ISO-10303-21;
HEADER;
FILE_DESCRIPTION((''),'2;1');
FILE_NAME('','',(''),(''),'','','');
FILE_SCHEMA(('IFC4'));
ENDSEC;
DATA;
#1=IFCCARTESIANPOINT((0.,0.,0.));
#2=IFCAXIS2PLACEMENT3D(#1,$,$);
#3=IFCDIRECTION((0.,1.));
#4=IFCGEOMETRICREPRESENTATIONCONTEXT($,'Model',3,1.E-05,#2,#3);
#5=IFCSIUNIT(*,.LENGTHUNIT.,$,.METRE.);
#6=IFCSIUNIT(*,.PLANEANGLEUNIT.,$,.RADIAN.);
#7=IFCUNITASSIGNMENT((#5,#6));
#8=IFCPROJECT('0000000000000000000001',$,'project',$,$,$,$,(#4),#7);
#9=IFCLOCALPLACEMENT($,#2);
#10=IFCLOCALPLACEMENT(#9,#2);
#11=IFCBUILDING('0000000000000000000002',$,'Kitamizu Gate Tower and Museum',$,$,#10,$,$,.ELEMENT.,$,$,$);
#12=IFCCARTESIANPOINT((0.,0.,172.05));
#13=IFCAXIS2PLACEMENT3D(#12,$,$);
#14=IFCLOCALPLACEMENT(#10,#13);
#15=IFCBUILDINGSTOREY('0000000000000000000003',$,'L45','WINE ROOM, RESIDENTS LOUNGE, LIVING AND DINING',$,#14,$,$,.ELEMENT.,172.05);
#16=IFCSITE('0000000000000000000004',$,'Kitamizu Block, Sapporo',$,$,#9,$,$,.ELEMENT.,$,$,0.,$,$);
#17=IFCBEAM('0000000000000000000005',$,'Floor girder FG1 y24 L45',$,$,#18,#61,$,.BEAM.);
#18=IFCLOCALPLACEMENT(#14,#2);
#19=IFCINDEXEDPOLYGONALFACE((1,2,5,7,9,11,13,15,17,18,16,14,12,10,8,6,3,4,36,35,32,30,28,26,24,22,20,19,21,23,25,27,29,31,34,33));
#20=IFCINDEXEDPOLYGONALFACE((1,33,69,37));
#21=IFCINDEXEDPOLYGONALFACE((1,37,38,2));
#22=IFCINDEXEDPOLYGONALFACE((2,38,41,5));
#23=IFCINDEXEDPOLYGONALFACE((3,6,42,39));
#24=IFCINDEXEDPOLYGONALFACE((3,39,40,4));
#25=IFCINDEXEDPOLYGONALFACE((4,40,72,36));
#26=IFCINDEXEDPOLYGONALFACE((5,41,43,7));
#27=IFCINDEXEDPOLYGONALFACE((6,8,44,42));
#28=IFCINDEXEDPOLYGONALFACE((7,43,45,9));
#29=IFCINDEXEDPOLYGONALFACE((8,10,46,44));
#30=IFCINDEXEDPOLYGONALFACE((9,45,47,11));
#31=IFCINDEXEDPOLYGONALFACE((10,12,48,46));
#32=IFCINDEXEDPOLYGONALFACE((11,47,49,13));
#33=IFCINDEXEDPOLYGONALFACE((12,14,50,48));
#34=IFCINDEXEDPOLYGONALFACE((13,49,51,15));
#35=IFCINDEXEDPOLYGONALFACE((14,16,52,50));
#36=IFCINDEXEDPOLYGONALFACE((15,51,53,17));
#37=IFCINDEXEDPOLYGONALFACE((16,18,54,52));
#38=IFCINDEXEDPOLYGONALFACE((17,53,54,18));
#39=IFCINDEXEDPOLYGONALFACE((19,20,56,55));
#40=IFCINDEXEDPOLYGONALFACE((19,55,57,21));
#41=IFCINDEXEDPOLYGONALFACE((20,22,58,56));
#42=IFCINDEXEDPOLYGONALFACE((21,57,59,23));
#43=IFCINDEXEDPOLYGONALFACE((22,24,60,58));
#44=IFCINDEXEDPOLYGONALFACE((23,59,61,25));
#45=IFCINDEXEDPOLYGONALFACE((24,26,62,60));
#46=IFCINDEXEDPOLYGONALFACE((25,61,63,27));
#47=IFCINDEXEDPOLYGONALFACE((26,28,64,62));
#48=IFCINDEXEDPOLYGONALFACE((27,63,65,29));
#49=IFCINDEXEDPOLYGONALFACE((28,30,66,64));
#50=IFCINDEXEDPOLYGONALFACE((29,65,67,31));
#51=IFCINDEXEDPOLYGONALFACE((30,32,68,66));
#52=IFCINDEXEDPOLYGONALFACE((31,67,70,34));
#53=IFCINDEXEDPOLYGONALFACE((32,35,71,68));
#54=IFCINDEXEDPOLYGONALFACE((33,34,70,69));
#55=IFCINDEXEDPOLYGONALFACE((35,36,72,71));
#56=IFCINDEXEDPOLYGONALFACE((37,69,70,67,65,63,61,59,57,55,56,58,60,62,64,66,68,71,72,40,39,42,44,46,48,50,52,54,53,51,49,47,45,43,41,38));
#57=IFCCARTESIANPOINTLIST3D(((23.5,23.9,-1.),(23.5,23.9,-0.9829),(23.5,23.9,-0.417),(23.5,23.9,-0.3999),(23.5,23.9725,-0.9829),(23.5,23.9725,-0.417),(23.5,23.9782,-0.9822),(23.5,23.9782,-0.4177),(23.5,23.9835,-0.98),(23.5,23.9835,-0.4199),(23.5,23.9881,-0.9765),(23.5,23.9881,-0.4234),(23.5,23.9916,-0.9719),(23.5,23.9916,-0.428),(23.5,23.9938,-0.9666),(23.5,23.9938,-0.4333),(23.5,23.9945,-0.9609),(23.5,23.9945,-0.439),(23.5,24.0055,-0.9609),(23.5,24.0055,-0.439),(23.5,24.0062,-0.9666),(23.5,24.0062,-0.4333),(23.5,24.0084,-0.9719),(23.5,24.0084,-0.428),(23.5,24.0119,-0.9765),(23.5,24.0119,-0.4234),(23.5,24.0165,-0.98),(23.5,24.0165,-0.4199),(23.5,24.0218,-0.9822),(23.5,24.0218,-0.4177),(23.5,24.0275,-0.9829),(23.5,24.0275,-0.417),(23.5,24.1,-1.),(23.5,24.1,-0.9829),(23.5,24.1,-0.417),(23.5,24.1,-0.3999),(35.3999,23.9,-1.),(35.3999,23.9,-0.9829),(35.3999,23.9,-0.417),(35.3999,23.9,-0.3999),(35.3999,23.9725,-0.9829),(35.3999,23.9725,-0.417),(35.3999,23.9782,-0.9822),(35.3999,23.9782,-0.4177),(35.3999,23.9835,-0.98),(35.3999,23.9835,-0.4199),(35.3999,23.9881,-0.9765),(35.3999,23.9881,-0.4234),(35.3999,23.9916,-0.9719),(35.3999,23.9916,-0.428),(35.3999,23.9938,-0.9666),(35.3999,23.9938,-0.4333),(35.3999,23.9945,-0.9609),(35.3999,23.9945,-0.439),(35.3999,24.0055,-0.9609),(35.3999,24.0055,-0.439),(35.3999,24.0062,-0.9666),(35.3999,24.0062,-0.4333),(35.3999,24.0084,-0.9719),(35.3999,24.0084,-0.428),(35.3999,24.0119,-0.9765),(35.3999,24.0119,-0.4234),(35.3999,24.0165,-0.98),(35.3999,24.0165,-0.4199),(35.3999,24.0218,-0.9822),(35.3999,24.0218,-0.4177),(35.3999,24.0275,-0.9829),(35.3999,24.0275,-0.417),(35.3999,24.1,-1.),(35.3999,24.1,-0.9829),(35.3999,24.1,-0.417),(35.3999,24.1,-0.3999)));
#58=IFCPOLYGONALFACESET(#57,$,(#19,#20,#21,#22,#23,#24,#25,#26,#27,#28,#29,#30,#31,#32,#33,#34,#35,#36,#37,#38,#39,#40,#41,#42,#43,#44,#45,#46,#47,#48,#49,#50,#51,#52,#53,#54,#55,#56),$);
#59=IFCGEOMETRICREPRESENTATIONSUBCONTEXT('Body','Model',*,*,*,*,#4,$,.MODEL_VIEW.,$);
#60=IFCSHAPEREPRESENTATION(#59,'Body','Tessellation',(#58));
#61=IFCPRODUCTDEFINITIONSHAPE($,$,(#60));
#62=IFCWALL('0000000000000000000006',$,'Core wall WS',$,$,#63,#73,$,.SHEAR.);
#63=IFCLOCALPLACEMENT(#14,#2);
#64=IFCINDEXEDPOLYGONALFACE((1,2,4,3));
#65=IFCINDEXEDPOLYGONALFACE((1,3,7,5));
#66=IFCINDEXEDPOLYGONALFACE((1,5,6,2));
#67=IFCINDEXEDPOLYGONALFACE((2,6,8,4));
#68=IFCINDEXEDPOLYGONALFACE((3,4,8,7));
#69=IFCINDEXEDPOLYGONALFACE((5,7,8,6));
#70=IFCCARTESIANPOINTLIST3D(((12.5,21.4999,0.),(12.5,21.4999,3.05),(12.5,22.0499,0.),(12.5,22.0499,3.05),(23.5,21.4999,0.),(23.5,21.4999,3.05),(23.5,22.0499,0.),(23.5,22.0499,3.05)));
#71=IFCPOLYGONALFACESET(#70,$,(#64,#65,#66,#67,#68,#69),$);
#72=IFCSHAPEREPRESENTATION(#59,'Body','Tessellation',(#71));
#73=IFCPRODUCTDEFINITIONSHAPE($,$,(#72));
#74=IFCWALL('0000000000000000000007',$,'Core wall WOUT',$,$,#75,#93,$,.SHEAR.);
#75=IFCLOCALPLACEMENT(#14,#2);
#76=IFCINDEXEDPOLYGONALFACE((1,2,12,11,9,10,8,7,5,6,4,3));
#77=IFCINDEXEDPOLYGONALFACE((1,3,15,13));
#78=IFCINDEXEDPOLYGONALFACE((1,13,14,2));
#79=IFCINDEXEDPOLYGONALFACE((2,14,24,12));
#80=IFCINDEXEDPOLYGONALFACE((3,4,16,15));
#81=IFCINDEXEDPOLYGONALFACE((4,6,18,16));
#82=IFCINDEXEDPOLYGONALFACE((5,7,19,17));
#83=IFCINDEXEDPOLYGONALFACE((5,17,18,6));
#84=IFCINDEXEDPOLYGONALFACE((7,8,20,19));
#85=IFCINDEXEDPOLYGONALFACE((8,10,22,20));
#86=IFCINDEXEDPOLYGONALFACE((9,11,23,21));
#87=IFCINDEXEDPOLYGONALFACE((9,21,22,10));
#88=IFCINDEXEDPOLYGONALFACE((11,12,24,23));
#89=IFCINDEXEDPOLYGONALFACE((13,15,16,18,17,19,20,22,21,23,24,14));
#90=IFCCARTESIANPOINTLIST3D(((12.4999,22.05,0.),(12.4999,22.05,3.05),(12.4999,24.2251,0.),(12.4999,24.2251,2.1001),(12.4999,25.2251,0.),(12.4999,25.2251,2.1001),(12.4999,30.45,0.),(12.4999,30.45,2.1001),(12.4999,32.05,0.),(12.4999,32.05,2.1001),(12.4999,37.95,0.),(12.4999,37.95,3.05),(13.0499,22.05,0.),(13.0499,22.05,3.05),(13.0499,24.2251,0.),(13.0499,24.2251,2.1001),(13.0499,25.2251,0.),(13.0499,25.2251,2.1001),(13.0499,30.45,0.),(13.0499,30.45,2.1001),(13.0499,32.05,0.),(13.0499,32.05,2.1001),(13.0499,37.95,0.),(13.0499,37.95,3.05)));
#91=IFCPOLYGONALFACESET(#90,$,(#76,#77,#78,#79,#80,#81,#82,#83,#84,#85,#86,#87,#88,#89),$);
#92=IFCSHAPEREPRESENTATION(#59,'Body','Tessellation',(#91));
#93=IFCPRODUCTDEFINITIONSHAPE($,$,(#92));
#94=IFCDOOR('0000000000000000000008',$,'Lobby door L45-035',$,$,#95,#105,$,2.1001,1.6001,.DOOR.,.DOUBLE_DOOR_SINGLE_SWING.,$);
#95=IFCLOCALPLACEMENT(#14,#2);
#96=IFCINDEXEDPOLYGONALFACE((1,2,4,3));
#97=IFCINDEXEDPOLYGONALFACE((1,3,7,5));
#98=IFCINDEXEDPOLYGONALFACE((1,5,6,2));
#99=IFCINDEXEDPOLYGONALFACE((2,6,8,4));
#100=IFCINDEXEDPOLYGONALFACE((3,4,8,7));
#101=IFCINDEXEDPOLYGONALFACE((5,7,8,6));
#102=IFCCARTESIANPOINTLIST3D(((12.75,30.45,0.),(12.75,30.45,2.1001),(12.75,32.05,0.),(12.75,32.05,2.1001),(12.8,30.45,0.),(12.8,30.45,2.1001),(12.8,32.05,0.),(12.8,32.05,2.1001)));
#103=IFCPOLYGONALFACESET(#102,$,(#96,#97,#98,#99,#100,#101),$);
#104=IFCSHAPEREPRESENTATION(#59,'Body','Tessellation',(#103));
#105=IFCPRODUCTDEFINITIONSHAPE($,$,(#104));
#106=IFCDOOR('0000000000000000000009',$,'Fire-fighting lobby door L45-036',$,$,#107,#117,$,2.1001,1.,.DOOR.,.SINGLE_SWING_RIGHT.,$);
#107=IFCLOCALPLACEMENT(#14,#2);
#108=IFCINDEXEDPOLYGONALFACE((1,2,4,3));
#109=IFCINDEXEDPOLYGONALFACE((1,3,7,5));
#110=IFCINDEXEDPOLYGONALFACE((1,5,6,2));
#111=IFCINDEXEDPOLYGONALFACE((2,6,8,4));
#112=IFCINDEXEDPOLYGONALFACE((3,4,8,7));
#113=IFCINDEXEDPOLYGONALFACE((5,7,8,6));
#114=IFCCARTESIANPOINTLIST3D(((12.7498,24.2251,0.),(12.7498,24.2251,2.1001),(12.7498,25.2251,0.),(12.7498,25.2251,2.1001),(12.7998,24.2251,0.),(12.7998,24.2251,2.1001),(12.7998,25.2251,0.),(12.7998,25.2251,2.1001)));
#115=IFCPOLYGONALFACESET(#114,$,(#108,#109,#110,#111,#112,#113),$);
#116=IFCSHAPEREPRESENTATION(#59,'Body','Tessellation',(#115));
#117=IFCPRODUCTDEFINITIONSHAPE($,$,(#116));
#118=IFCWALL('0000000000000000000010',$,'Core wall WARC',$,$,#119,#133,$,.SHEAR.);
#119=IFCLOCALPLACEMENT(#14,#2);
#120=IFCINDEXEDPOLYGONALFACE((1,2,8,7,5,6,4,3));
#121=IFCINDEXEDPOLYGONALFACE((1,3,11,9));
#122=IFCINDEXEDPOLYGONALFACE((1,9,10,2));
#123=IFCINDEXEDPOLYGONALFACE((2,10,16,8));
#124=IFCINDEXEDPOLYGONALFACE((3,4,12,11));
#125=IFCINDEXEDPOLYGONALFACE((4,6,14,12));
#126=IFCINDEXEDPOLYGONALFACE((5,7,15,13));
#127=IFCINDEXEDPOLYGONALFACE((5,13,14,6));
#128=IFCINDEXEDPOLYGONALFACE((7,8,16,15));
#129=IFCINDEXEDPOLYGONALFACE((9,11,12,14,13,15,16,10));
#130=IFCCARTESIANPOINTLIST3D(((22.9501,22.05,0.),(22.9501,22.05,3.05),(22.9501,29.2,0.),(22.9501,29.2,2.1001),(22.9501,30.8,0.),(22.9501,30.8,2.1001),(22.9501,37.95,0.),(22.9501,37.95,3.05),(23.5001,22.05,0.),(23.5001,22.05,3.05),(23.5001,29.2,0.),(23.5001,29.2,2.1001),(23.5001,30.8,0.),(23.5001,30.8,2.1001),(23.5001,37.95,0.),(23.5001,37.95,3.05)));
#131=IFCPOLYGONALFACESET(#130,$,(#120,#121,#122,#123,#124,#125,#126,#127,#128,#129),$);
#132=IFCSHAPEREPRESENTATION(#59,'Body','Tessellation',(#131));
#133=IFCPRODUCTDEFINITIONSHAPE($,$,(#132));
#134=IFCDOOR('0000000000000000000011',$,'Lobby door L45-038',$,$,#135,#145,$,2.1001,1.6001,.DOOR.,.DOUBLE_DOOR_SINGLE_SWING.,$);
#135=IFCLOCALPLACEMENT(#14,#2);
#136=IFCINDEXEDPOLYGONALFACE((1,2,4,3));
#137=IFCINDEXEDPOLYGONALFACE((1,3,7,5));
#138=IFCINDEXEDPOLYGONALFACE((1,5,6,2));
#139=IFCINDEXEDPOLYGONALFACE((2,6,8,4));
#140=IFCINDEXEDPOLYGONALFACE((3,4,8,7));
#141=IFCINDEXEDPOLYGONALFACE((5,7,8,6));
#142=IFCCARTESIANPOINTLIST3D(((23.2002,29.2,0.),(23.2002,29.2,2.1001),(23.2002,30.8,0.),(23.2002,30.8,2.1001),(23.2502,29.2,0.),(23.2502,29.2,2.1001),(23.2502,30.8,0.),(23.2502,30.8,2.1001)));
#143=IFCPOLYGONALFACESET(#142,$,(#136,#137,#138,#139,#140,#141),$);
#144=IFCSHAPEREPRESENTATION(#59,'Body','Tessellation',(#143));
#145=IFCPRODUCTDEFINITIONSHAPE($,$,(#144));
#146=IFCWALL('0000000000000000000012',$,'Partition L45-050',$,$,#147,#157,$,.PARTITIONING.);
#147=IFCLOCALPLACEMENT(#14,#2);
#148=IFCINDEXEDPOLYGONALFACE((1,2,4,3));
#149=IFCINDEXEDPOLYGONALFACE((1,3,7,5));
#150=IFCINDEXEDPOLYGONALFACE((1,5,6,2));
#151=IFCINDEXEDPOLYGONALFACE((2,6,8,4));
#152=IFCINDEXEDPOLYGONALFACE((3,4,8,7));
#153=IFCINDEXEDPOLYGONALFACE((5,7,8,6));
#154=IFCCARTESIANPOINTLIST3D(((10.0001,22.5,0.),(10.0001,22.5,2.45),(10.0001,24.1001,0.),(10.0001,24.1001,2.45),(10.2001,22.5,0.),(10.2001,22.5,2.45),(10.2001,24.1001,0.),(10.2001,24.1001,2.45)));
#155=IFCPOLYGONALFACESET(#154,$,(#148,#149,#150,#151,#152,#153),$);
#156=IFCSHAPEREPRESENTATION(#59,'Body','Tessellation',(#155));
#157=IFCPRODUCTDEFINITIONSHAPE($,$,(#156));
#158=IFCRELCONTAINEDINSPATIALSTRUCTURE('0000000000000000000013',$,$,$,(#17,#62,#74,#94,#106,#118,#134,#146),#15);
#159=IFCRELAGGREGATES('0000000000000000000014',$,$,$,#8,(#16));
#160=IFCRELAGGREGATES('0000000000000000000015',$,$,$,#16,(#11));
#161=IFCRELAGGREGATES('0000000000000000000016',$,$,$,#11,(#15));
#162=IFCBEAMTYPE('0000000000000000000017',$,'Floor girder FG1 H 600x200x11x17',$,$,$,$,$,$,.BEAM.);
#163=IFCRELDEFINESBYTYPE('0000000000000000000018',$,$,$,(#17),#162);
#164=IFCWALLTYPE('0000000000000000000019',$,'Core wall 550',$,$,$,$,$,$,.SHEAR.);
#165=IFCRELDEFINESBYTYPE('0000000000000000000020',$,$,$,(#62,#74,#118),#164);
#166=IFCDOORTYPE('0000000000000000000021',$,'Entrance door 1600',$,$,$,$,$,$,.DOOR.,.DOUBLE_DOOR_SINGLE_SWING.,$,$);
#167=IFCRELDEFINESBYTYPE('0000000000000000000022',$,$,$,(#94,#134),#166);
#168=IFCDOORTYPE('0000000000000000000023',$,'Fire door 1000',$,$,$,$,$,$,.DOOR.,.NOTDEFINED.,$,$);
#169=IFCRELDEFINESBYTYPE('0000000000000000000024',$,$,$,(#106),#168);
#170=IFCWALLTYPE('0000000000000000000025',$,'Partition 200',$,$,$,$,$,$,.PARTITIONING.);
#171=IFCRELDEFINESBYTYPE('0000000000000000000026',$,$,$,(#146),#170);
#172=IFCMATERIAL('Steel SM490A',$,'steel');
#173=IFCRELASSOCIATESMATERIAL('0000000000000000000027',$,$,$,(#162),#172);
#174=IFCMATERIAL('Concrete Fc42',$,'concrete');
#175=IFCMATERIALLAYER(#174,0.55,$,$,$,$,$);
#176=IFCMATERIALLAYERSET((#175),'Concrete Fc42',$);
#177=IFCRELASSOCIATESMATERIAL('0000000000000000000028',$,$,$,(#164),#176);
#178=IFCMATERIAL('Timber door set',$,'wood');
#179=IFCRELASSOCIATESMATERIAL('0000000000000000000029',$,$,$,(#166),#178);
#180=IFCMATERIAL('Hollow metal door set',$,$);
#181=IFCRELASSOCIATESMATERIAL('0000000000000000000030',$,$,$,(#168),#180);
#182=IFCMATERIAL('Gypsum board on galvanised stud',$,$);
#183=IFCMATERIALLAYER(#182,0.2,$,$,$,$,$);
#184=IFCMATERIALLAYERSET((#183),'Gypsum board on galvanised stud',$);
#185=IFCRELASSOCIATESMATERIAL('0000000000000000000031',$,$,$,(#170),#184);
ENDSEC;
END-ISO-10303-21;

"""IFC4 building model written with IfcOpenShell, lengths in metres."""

from ifc_helpers import new_model, si_unit, direction, frame, frame_2d, origin, origin_2d, place, context, subcontext, project, spatial, rectangle, i_section, extrude, material, layer, layer_set, material_profile, profile_set, type_object, element, fill, save


model = new_model("IFC4")

# Units and contexts
model_context = context("Model", 3, precision=1e-05, world=origin(), true_north=direction((0.0, 1.0)))
body_context = subcontext(model_context, "Body", "Model", "MODEL_VIEW")
ifc_project = project(units=[si_unit("LENGTHUNIT", "METRE"), si_unit("PLANEANGLEUNIT", "RADIAN")], contexts=[model_context])

# Site, building, storey
site_placement = place(None, origin())
site = spatial("IfcSite", under=ifc_project, at=site_placement, Name="Kitamizu Block, Sapporo", CompositionType="ELEMENT", RefElevation=0.0)
building_placement = place(site_placement, origin())
building = spatial("IfcBuilding", under=site, at=building_placement, Name="Kitamizu Gate Tower and Museum", CompositionType="ELEMENT")
storey_placement = place(building_placement, frame((0.0, 0.0, 172.05)))
storey = spatial("IfcBuildingStorey", under=building, at=storey_placement, Name="L45", Description="WINE ROOM, RESIDENTS LOUNGE, LIVING AND DINING", CompositionType="ELEMENT", Elevation=172.05)

# Beam
ifc_material_1 = material(Name="Steel SM490A", Category="steel")
ifc_material_profile = material_profile(ifc_material_1, i_section(OverallWidth=0.2, OverallDepth=0.6001, WebThickness=0.011, FlangeThickness=0.0171, FilletRadius=0.022, at=origin_2d()), Name="H-600x200x11x17")
ifc_profile_set = profile_set([ifc_material_profile], Name="Steel SM490A")
beam_type = type_object("IfcBeamType", Name="Floor girder FG1 H 600x200x11x17", PredefinedType="BEAM", material=ifc_profile_set)
beam_placement = place(storey_placement, frame((23.5, 24.0, -0.7), z_axis=(1.0, 0.0, 0.0), x_axis=(0.0, 1.0, 0.0)))
element("IfcBeam", 1, at=beam_placement, inside=storey, type_object=beam_type, Name="Floor girder FG1 y24 L45", PredefinedType="BEAM", context=body_context, shape_type="SweptSolid", body=[
    extrude(i_section(OverallWidth=0.2, OverallDepth=0.6001, WebThickness=0.011, FlangeThickness=0.0171, FilletRadius=0.022, at=origin_2d()), origin(), (0.0, 0.0, 1.0), 11.8999),
])

# Wall
ifc_material_2 = material(Name="Concrete Fc42", Category="concrete")
ifc_layer_1 = layer(ifc_material_2, 0.55)
ifc_layer_set_1 = layer_set([ifc_layer_1], Name="Concrete Fc42")
wall_type_1 = type_object("IfcWallType", Name="Core wall 550", PredefinedType="SHEAR", material=ifc_layer_set_1)
wall_1_placement = place(storey_placement, frame((12.5, 21.7749, 0.0), z_axis=(0.0, 0.0, 1.0), x_axis=(1.0, 0.0, 0.0)))
element("IfcWall", 2, at=wall_1_placement, inside=storey, type_object=wall_type_1, Name="Core wall WS", PredefinedType="SHEAR", context=body_context, shape_type="SweptSolid", body=[
    extrude(rectangle(XDim=11.0, YDim=0.55, at=frame_2d((5.5, 0.0))), origin(), (0.0, 0.0, 1.0), 3.05),
])

# Wall, openings, doors
wall_2_placement = place(storey_placement, frame((12.7749, 22.05, 0.0), z_axis=(0.0, 0.0, 1.0), x_axis=(0.0, 1.0, 0.0)))
wall_2 = element("IfcWall", 3, at=wall_2_placement, inside=storey, type_object=wall_type_1, Name="Core wall WOUT", PredefinedType="SHEAR", context=body_context, shape_type="SweptSolid", body=[
    extrude(rectangle(XDim=15.8999, YDim=0.55, at=frame_2d((7.95, 0.0))), origin(), (0.0, 0.0, 1.0), 3.05),
])
opening_1_placement = place(wall_2_placement, frame((8.3999, 0.0, 0.0)))
opening_1 = element("IfcOpeningElement", 4, at=opening_1_placement, cuts=wall_2, PredefinedType="OPENING", context=body_context, shape_type="SweptSolid", body=[
    extrude(rectangle(XDim=1.6001, YDim=2.1001, at=frame_2d((0.8, 1.05))), frame((0.0, 0.2852, 0.0), z_axis=(0.0, -1.0, 0.0), x_axis=(1.0, 0.0, 0.0)), (0.0, 0.0, 1.0), 0.5701),
])
opening_2_placement = place(wall_2_placement, frame((2.175, 0.0, 0.0)))
opening_2 = element("IfcOpeningElement", 5, at=opening_2_placement, cuts=wall_2, PredefinedType="OPENING", context=body_context, shape_type="SweptSolid", body=[
    extrude(rectangle(XDim=1.0, YDim=2.1001, at=frame_2d((0.5, 1.05))), frame((0.0, 0.2852, 0.0), z_axis=(0.0, -1.0, 0.0), x_axis=(1.0, 0.0, 0.0)), (0.0, 0.0, 1.0), 0.5701),
])
ifc_material_3 = material(Name="Timber door set", Category="wood")
door_type_1 = type_object("IfcDoorType", Name="Entrance door 1600", OperationType="DOUBLE_DOOR_SINGLE_SWING", PredefinedType="DOOR", material=ifc_material_3)
door_1_placement = place(opening_1_placement, origin())
door_1 = element("IfcDoor", 6, at=door_1_placement, inside=storey, type_object=door_type_1, Name="Lobby door L45-035", OperationType="DOUBLE_DOOR_SINGLE_SWING", OverallHeight=2.1001, OverallWidth=1.6001, PredefinedType="DOOR", context=body_context, shape_type="SweptSolid", body=[
    extrude(rectangle(XDim=1.6001, YDim=2.1001, at=frame_2d((0.8, 1.05))), frame((0.0, 0.0249, 0.0), z_axis=(0.0, -1.0, 0.0), x_axis=(1.0, 0.0, 0.0)), (0.0, 0.0, 1.0), 0.05),
])
fill(opening_1, door_1)
ifc_material_4 = material(Name="Hollow metal door set")
door_type_2 = type_object("IfcDoorType", Name="Fire door 1000", OperationType="NOTDEFINED", PredefinedType="DOOR", material=ifc_material_4)
door_2_placement = place(opening_2_placement, frame((1.0, 0.0, 0.0), x_axis=(-1.0, 0.0, 0.0)))
door_2 = element("IfcDoor", 7, at=door_2_placement, inside=storey, type_object=door_type_2, Name="Fire-fighting lobby door L45-036", OperationType="SINGLE_SWING_RIGHT", OverallHeight=2.1001, OverallWidth=1.0, PredefinedType="DOOR", context=body_context, shape_type="SweptSolid", body=[
    extrude(rectangle(XDim=1.0, YDim=2.1001, at=frame_2d((0.5, 1.05))), frame((0.0, 0.0249, 0.0), z_axis=(0.0, -1.0, 0.0), x_axis=(1.0, 0.0, 0.0)), (0.0, 0.0, 1.0), 0.05),
])
fill(opening_2, door_2)

# Wall, opening, door
wall_3_placement = place(storey_placement, frame((23.2251, 22.05, 0.0), z_axis=(0.0, 0.0, 1.0), x_axis=(0.0, 1.0, 0.0)))
wall_3 = element("IfcWall", 8, at=wall_3_placement, inside=storey, type_object=wall_type_1, Name="Core wall WARC", PredefinedType="SHEAR", context=body_context, shape_type="SweptSolid", body=[
    extrude(rectangle(XDim=15.8999, YDim=0.55, at=frame_2d((7.95, 0.0))), origin(), (0.0, 0.0, 1.0), 3.05),
])
opening_3_placement = place(wall_3_placement, frame((7.1499, 0.0, 0.0)))
opening_3 = element("IfcOpeningElement", 9, at=opening_3_placement, cuts=wall_3, PredefinedType="OPENING", context=body_context, shape_type="SweptSolid", body=[
    extrude(rectangle(XDim=1.6001, YDim=2.1001, at=frame_2d((0.8, 1.05))), frame((0.0, 0.2852, 0.0), z_axis=(0.0, -1.0, 0.0), x_axis=(1.0, 0.0, 0.0)), (0.0, 0.0, 1.0), 0.5701),
])
door_3_placement = place(opening_3_placement, origin())
door_3 = element("IfcDoor", 10, at=door_3_placement, inside=storey, type_object=door_type_1, Name="Lobby door L45-038", OperationType="DOUBLE_DOOR_SINGLE_SWING", OverallHeight=2.1001, OverallWidth=1.6001, PredefinedType="DOOR", context=body_context, shape_type="SweptSolid", body=[
    extrude(rectangle(XDim=1.6001, YDim=2.1001, at=frame_2d((0.8, 1.05))), frame((0.0, 0.0249, 0.0), z_axis=(0.0, -1.0, 0.0), x_axis=(1.0, 0.0, 0.0)), (0.0, 0.0, 1.0), 0.05),
])
fill(opening_3, door_3)

# Wall
ifc_material_5 = material(Name="Gypsum board on galvanised stud")
ifc_layer_2 = layer(ifc_material_5, 0.2)
ifc_layer_set_2 = layer_set([ifc_layer_2], Name="Gypsum board on galvanised stud")
wall_type_2 = type_object("IfcWallType", Name="Partition 200", PredefinedType="PARTITIONING", material=ifc_layer_set_2)
wall_4_placement = place(storey_placement, frame((10.1001, 22.5, 0.0), z_axis=(0.0, 0.0, 1.0), x_axis=(0.0, 1.0, 0.0)))
element("IfcWall", 11, at=wall_4_placement, inside=storey, type_object=wall_type_2, Name="Partition L45-050", PredefinedType="PARTITIONING", context=body_context, shape_type="SweptSolid", body=[
    extrude(rectangle(XDim=1.6001, YDim=0.2, at=frame_2d((0.8, 0.0))), origin(), (0.0, 0.0, 1.0), 2.45),
])

save(model, "model.ifc")
